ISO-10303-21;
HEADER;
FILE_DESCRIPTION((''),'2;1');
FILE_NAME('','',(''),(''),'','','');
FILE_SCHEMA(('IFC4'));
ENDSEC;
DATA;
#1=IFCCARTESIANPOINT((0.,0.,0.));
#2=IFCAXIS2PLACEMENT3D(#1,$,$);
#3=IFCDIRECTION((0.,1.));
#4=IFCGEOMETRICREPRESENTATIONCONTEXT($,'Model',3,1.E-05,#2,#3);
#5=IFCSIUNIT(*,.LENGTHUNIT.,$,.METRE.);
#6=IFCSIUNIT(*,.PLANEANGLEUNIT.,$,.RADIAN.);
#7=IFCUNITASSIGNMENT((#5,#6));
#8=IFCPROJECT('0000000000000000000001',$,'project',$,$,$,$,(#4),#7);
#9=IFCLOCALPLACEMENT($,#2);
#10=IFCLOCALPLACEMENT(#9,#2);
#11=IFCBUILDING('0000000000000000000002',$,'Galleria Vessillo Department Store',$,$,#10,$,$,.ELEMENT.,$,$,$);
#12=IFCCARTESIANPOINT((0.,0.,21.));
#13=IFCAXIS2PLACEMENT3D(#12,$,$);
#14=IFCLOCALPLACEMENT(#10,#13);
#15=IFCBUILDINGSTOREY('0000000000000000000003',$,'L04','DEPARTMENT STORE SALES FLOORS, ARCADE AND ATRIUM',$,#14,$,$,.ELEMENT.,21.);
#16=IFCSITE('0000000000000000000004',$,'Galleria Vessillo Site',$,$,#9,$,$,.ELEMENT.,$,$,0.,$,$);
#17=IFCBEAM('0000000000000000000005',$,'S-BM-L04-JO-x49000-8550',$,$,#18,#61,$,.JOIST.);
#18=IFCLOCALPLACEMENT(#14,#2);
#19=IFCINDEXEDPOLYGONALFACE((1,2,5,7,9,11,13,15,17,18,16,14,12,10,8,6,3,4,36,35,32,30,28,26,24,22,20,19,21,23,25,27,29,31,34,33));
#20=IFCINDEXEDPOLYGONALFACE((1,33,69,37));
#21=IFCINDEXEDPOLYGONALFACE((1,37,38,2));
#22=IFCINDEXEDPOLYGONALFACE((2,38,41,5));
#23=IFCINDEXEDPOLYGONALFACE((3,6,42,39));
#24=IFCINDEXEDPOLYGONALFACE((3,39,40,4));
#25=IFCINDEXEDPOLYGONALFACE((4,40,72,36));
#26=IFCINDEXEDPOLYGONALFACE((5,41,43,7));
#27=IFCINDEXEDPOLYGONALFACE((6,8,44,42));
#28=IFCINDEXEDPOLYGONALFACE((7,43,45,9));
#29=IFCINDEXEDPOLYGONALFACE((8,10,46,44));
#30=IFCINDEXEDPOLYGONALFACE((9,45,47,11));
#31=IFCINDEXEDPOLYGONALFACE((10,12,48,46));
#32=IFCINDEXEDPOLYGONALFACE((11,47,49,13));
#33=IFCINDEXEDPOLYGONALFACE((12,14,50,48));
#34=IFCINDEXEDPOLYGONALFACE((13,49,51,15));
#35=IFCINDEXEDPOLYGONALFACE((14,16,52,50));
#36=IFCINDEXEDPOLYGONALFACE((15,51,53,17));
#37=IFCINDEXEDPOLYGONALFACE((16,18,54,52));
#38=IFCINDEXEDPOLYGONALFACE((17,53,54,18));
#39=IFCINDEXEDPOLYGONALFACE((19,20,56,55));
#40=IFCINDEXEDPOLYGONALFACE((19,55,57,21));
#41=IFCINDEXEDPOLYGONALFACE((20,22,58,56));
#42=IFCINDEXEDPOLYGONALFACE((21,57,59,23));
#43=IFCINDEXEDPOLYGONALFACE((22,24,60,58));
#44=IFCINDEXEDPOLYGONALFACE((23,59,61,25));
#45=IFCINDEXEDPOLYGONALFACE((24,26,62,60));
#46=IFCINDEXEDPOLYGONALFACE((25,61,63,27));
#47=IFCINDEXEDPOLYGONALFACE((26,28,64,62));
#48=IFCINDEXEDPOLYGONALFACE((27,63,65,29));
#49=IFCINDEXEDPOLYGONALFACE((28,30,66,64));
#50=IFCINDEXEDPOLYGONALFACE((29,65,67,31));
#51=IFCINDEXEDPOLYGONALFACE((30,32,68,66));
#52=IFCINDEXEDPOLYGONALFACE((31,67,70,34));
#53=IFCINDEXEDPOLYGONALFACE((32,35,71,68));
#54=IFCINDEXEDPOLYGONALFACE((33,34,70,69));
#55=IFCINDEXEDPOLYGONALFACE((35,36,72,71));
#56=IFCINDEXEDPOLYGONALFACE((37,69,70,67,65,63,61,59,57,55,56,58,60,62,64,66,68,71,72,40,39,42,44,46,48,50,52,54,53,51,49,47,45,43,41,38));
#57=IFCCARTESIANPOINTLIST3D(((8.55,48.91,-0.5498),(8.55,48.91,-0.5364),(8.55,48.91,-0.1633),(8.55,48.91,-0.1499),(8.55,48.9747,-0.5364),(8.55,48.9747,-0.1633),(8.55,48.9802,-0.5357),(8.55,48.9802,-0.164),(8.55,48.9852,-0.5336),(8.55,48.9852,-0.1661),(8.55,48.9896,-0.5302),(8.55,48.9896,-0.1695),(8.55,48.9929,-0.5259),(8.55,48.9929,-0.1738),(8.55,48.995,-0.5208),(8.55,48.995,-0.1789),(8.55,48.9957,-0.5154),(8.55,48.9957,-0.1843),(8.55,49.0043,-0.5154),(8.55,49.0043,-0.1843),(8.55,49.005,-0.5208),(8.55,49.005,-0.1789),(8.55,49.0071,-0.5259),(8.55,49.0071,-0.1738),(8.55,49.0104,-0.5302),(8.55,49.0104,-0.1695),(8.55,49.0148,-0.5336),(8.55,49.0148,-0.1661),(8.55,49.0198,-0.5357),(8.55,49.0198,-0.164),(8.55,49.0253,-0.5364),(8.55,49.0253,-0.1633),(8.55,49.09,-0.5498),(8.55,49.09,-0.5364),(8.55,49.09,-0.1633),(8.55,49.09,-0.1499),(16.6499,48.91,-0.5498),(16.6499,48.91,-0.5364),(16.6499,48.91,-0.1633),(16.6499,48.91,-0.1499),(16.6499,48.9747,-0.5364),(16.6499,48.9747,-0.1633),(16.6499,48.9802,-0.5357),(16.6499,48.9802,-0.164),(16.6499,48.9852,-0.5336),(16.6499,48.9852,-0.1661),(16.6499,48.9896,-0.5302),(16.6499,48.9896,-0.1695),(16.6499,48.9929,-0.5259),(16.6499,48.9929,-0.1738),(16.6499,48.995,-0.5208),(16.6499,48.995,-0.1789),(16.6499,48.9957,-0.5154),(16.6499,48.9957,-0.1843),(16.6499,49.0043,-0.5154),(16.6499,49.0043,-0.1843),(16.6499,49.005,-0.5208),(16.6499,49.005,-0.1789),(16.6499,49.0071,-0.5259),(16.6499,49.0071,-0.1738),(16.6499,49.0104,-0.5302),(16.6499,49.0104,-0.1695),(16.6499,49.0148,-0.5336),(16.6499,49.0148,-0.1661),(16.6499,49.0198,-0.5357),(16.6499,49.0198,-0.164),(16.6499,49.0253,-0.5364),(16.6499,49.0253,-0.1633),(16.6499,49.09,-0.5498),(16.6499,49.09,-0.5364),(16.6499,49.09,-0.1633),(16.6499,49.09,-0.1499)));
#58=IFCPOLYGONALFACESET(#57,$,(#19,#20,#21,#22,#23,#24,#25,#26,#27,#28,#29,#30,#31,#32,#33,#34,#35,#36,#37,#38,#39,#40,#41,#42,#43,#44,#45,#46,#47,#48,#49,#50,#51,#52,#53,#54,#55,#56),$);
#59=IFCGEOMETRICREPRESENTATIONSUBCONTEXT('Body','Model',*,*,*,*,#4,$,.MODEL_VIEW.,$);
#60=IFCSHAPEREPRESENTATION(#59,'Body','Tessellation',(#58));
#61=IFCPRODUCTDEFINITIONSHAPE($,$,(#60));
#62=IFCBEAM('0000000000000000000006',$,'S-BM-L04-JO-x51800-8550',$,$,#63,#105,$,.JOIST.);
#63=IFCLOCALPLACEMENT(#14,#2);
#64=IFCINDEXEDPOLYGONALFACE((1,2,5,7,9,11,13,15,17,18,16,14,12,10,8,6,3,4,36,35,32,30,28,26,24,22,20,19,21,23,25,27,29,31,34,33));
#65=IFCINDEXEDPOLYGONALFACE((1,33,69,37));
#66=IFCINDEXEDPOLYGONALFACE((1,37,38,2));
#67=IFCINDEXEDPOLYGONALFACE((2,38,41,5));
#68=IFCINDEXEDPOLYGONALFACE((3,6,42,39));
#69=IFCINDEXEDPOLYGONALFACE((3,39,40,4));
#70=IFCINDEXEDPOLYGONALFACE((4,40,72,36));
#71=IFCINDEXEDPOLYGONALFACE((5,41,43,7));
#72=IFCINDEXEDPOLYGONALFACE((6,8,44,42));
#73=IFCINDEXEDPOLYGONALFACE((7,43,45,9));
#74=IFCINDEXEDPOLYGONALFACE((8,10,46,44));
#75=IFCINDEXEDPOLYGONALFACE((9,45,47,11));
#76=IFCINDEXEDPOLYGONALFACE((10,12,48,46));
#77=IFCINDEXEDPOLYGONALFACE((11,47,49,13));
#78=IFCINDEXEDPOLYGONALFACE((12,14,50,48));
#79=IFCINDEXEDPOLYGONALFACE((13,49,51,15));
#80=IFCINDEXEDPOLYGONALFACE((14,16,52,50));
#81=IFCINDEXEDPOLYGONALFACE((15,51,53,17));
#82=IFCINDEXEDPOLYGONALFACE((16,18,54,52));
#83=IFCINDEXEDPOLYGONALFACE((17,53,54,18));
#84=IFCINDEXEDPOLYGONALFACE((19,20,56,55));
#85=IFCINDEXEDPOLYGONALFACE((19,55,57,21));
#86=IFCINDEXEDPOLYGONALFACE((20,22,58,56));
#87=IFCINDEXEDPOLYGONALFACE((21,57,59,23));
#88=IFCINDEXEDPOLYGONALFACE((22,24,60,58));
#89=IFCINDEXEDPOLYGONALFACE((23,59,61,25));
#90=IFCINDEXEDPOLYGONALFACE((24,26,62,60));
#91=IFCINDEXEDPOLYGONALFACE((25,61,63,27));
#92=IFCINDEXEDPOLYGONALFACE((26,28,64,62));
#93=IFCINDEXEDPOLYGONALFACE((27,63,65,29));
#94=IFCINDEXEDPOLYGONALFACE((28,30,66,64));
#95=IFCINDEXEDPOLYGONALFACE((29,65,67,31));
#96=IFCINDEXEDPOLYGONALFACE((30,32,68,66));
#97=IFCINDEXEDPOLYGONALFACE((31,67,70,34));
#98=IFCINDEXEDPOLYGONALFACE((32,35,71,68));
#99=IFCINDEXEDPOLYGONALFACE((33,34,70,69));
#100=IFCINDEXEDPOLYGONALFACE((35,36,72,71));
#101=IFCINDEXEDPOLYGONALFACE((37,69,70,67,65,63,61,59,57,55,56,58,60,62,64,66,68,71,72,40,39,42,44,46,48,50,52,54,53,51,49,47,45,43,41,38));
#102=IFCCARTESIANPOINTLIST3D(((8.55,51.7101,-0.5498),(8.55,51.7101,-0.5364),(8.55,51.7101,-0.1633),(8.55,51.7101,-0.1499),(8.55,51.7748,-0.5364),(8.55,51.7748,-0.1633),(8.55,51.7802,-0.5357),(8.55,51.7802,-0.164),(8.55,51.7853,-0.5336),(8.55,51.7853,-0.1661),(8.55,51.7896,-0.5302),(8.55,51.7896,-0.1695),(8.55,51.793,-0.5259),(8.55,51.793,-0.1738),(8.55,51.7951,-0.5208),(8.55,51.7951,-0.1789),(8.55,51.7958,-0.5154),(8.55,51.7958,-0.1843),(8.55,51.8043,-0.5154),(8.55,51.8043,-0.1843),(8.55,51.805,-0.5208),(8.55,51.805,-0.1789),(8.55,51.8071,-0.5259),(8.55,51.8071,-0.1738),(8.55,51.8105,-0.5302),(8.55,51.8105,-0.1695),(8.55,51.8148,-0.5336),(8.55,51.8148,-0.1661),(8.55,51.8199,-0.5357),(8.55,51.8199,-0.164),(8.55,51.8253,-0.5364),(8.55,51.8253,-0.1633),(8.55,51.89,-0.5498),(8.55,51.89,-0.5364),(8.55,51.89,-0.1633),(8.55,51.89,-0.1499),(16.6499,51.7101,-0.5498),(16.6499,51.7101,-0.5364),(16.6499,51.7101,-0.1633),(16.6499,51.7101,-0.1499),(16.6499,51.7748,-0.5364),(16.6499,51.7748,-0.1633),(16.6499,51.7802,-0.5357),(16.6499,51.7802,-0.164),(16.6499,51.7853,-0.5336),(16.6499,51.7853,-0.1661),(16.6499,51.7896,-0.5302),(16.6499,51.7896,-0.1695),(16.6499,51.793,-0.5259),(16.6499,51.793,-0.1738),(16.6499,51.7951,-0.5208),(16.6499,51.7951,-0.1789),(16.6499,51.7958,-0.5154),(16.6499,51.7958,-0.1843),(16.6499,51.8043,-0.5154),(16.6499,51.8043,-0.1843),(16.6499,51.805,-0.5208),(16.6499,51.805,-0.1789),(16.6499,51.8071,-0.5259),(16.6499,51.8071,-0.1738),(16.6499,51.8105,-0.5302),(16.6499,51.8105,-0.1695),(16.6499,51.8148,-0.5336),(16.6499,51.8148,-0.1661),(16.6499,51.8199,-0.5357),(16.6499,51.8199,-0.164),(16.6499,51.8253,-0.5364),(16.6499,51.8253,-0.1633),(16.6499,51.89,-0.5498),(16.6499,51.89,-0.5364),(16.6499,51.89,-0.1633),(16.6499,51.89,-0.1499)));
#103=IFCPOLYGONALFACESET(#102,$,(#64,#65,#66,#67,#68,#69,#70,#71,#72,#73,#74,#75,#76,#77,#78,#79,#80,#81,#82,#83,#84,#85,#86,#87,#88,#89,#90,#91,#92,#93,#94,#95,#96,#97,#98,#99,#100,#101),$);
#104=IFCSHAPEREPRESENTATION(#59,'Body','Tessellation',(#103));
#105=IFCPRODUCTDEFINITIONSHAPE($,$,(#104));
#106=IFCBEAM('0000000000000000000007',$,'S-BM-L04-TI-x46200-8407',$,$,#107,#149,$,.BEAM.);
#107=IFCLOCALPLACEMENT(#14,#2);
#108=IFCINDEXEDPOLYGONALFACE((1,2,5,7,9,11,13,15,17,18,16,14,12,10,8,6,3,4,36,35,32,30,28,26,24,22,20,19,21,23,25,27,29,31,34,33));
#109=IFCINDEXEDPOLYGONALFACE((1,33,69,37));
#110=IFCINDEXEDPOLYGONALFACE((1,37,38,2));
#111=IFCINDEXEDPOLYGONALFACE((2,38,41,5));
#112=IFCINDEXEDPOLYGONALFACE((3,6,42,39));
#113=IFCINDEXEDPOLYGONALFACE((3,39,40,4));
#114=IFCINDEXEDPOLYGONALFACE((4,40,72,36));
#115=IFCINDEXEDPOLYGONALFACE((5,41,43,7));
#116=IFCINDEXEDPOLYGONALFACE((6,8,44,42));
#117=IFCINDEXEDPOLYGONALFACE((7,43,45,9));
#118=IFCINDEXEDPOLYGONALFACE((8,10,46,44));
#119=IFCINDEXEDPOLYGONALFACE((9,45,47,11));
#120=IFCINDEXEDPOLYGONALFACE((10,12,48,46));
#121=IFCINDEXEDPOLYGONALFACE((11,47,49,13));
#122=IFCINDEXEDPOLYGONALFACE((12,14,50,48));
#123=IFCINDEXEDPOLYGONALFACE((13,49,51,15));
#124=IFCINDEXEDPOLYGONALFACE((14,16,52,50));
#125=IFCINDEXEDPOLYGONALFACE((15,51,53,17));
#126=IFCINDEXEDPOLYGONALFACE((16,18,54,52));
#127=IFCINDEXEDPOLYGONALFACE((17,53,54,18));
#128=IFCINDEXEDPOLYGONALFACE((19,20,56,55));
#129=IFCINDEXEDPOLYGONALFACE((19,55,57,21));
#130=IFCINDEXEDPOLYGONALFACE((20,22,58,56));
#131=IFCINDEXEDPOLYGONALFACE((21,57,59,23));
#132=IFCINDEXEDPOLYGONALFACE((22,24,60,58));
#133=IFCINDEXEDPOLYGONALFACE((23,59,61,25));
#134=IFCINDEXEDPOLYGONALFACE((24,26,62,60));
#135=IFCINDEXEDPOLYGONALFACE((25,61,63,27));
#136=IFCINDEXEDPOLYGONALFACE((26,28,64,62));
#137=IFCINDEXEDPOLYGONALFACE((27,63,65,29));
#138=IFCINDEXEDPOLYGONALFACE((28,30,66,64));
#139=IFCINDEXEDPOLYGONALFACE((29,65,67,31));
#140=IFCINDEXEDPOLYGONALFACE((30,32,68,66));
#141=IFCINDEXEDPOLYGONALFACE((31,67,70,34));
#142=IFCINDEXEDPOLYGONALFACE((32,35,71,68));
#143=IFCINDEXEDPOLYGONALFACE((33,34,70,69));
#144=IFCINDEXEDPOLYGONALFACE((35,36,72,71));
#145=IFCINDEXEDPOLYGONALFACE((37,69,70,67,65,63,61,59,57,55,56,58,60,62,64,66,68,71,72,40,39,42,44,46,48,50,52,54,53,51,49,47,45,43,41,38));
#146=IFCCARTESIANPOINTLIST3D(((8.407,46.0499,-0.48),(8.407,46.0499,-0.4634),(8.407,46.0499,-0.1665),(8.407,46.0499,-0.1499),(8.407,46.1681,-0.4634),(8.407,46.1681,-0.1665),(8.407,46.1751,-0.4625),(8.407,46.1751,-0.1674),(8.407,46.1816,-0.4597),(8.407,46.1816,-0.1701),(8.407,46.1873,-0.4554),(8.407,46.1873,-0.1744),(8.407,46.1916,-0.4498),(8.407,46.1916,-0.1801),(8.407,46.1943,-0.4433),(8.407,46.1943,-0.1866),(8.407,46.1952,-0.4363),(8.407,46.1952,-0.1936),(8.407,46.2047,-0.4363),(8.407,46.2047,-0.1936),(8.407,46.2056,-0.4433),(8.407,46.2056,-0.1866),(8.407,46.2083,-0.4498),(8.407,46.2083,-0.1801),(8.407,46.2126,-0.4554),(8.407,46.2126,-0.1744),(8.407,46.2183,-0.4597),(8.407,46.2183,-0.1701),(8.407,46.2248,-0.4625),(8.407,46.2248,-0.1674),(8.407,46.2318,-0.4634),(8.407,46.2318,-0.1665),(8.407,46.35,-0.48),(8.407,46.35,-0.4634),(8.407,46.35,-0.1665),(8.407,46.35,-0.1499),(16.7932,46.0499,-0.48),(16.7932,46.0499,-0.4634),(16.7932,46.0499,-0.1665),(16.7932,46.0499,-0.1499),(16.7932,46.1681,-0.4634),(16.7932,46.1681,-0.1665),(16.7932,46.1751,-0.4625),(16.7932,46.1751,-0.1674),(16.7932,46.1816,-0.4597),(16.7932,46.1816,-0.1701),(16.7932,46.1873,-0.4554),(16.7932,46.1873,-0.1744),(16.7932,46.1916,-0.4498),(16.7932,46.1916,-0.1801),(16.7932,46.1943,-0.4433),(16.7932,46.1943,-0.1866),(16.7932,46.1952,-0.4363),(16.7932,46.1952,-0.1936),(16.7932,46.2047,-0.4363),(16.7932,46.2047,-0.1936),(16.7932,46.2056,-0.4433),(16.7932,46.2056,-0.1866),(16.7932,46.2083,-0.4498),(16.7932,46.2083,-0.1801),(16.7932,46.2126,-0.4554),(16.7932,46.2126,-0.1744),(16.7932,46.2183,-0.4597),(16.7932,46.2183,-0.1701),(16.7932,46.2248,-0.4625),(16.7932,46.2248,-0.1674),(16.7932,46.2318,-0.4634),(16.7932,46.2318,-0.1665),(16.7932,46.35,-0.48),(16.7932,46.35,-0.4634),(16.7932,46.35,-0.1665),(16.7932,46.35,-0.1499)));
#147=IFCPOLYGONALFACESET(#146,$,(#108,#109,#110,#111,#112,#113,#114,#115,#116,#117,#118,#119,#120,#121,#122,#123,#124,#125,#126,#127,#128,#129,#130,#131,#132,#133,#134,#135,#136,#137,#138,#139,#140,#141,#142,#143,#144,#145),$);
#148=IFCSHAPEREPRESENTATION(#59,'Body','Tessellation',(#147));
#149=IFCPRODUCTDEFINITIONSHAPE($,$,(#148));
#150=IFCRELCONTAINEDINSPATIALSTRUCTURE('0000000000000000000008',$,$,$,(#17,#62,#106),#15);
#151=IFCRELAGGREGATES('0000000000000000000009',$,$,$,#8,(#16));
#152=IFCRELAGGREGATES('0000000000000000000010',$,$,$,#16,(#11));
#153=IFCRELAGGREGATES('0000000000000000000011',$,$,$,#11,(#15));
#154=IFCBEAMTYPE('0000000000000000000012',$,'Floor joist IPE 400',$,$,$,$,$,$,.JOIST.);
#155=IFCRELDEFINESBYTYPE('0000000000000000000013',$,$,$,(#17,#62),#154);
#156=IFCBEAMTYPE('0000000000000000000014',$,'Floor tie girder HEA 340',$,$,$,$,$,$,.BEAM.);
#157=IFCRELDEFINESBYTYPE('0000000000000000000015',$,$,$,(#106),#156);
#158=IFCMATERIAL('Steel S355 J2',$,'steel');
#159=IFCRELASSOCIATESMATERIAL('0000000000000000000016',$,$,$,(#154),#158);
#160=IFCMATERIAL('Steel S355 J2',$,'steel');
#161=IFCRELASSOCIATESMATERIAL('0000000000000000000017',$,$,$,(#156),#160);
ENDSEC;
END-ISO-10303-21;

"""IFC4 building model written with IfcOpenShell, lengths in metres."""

from ifc_helpers import new_model, si_unit, direction, frame, origin, origin_2d, place, context, subcontext, project, spatial, i_section, extrude, material, material_profile, profile_set, type_object, element, save


model = new_model("IFC4")

# Units and contexts
model_context = context("Model", 3, precision=1e-05, world=origin(), true_north=direction((0.0, 1.0)))
body_context = subcontext(model_context, "Body", "Model", "MODEL_VIEW")
ifc_project = project(units=[si_unit("LENGTHUNIT", "METRE"), si_unit("PLANEANGLEUNIT", "RADIAN")], contexts=[model_context])

# Site, building, storey
site_placement = place(None, origin())
site = spatial("IfcSite", under=ifc_project, at=site_placement, Name="Galleria Vessillo Site", CompositionType="ELEMENT", RefElevation=0.0)
building_placement = place(site_placement, origin())
building = spatial("IfcBuilding", under=site, at=building_placement, Name="Galleria Vessillo Department Store", CompositionType="ELEMENT")
storey_placement = place(building_placement, frame((0.0, 0.0, 21.0)))
storey = spatial("IfcBuildingStorey", under=building, at=storey_placement, Name="L04", Description="DEPARTMENT STORE SALES FLOORS, ARCADE AND ATRIUM", CompositionType="ELEMENT", Elevation=21.0)

# Beams
ifc_material_1 = material(Name="Steel S355 J2", Category="steel")
ifc_material_profile_1 = material_profile(ifc_material_1, i_section(OverallWidth=0.1799, OverallDepth=0.3999, WebThickness=0.0085, FlangeThickness=0.0134, FilletRadius=0.021, at=origin_2d()), Name="IPE 400")
ifc_profile_set_1 = profile_set([ifc_material_profile_1], Name="Steel S355 J2")
beam_type_1 = type_object("IfcBeamType", Name="Floor joist IPE 400", PredefinedType="JOIST", material=ifc_profile_set_1)
for number, where, z_axis, x_axis, name in (
    (1, (8.55, 49.0, -0.3499), (1.0, 0.0, 0.0), (0.0, 1.0, 0.0), "S-BM-L04-JO-x49000-8550"),
    (2, (8.55, 51.8, -0.3499), (1.0, 0.0, 0.0), (0.0, 1.0, 0.0), "S-BM-L04-JO-x51800-8550"),
):
    element("IfcBeam", number, at=place(storey_placement, frame(where, z_axis=z_axis, x_axis=x_axis)), inside=storey, type_object=beam_type_1, Name=name, PredefinedType="JOIST", context=body_context, shape_type="SweptSolid", body=[
        extrude(i_section(OverallWidth=0.1799, OverallDepth=0.3999, WebThickness=0.0085, FlangeThickness=0.0134, FilletRadius=0.021, at=origin_2d()), origin(), (0.0, 0.0, 1.0), 8.0999),
    ])
ifc_material_2 = material(Name="Steel S355 J2", Category="steel")
ifc_material_profile_2 = material_profile(ifc_material_2, i_section(OverallWidth=0.3, OverallDepth=0.3301, WebThickness=0.0095, FlangeThickness=0.0166, FilletRadius=0.0271, at=origin_2d()), Name="HEA 340")
ifc_profile_set_2 = profile_set([ifc_material_profile_2], Name="Steel S355 J2")
beam_type_2 = type_object("IfcBeamType", Name="Floor tie girder HEA 340", PredefinedType="BEAM", material=ifc_profile_set_2)
beam_1_placement = place(storey_placement, frame((8.407, 46.2, -0.3149), z_axis=(1.0, 0.0, 0.0), x_axis=(0.0, 1.0, 0.0)))
element("IfcBeam", 3, at=beam_1_placement, inside=storey, type_object=beam_type_2, Name="S-BM-L04-TI-x46200-8407", PredefinedType="BEAM", context=body_context, shape_type="SweptSolid", body=[
    extrude(i_section(OverallWidth=0.3, OverallDepth=0.3301, WebThickness=0.0095, FlangeThickness=0.0166, FilletRadius=0.0271, at=origin_2d()), origin(), (0.0, 0.0, 1.0), 8.3862),
])

save(model, "model.ifc")
